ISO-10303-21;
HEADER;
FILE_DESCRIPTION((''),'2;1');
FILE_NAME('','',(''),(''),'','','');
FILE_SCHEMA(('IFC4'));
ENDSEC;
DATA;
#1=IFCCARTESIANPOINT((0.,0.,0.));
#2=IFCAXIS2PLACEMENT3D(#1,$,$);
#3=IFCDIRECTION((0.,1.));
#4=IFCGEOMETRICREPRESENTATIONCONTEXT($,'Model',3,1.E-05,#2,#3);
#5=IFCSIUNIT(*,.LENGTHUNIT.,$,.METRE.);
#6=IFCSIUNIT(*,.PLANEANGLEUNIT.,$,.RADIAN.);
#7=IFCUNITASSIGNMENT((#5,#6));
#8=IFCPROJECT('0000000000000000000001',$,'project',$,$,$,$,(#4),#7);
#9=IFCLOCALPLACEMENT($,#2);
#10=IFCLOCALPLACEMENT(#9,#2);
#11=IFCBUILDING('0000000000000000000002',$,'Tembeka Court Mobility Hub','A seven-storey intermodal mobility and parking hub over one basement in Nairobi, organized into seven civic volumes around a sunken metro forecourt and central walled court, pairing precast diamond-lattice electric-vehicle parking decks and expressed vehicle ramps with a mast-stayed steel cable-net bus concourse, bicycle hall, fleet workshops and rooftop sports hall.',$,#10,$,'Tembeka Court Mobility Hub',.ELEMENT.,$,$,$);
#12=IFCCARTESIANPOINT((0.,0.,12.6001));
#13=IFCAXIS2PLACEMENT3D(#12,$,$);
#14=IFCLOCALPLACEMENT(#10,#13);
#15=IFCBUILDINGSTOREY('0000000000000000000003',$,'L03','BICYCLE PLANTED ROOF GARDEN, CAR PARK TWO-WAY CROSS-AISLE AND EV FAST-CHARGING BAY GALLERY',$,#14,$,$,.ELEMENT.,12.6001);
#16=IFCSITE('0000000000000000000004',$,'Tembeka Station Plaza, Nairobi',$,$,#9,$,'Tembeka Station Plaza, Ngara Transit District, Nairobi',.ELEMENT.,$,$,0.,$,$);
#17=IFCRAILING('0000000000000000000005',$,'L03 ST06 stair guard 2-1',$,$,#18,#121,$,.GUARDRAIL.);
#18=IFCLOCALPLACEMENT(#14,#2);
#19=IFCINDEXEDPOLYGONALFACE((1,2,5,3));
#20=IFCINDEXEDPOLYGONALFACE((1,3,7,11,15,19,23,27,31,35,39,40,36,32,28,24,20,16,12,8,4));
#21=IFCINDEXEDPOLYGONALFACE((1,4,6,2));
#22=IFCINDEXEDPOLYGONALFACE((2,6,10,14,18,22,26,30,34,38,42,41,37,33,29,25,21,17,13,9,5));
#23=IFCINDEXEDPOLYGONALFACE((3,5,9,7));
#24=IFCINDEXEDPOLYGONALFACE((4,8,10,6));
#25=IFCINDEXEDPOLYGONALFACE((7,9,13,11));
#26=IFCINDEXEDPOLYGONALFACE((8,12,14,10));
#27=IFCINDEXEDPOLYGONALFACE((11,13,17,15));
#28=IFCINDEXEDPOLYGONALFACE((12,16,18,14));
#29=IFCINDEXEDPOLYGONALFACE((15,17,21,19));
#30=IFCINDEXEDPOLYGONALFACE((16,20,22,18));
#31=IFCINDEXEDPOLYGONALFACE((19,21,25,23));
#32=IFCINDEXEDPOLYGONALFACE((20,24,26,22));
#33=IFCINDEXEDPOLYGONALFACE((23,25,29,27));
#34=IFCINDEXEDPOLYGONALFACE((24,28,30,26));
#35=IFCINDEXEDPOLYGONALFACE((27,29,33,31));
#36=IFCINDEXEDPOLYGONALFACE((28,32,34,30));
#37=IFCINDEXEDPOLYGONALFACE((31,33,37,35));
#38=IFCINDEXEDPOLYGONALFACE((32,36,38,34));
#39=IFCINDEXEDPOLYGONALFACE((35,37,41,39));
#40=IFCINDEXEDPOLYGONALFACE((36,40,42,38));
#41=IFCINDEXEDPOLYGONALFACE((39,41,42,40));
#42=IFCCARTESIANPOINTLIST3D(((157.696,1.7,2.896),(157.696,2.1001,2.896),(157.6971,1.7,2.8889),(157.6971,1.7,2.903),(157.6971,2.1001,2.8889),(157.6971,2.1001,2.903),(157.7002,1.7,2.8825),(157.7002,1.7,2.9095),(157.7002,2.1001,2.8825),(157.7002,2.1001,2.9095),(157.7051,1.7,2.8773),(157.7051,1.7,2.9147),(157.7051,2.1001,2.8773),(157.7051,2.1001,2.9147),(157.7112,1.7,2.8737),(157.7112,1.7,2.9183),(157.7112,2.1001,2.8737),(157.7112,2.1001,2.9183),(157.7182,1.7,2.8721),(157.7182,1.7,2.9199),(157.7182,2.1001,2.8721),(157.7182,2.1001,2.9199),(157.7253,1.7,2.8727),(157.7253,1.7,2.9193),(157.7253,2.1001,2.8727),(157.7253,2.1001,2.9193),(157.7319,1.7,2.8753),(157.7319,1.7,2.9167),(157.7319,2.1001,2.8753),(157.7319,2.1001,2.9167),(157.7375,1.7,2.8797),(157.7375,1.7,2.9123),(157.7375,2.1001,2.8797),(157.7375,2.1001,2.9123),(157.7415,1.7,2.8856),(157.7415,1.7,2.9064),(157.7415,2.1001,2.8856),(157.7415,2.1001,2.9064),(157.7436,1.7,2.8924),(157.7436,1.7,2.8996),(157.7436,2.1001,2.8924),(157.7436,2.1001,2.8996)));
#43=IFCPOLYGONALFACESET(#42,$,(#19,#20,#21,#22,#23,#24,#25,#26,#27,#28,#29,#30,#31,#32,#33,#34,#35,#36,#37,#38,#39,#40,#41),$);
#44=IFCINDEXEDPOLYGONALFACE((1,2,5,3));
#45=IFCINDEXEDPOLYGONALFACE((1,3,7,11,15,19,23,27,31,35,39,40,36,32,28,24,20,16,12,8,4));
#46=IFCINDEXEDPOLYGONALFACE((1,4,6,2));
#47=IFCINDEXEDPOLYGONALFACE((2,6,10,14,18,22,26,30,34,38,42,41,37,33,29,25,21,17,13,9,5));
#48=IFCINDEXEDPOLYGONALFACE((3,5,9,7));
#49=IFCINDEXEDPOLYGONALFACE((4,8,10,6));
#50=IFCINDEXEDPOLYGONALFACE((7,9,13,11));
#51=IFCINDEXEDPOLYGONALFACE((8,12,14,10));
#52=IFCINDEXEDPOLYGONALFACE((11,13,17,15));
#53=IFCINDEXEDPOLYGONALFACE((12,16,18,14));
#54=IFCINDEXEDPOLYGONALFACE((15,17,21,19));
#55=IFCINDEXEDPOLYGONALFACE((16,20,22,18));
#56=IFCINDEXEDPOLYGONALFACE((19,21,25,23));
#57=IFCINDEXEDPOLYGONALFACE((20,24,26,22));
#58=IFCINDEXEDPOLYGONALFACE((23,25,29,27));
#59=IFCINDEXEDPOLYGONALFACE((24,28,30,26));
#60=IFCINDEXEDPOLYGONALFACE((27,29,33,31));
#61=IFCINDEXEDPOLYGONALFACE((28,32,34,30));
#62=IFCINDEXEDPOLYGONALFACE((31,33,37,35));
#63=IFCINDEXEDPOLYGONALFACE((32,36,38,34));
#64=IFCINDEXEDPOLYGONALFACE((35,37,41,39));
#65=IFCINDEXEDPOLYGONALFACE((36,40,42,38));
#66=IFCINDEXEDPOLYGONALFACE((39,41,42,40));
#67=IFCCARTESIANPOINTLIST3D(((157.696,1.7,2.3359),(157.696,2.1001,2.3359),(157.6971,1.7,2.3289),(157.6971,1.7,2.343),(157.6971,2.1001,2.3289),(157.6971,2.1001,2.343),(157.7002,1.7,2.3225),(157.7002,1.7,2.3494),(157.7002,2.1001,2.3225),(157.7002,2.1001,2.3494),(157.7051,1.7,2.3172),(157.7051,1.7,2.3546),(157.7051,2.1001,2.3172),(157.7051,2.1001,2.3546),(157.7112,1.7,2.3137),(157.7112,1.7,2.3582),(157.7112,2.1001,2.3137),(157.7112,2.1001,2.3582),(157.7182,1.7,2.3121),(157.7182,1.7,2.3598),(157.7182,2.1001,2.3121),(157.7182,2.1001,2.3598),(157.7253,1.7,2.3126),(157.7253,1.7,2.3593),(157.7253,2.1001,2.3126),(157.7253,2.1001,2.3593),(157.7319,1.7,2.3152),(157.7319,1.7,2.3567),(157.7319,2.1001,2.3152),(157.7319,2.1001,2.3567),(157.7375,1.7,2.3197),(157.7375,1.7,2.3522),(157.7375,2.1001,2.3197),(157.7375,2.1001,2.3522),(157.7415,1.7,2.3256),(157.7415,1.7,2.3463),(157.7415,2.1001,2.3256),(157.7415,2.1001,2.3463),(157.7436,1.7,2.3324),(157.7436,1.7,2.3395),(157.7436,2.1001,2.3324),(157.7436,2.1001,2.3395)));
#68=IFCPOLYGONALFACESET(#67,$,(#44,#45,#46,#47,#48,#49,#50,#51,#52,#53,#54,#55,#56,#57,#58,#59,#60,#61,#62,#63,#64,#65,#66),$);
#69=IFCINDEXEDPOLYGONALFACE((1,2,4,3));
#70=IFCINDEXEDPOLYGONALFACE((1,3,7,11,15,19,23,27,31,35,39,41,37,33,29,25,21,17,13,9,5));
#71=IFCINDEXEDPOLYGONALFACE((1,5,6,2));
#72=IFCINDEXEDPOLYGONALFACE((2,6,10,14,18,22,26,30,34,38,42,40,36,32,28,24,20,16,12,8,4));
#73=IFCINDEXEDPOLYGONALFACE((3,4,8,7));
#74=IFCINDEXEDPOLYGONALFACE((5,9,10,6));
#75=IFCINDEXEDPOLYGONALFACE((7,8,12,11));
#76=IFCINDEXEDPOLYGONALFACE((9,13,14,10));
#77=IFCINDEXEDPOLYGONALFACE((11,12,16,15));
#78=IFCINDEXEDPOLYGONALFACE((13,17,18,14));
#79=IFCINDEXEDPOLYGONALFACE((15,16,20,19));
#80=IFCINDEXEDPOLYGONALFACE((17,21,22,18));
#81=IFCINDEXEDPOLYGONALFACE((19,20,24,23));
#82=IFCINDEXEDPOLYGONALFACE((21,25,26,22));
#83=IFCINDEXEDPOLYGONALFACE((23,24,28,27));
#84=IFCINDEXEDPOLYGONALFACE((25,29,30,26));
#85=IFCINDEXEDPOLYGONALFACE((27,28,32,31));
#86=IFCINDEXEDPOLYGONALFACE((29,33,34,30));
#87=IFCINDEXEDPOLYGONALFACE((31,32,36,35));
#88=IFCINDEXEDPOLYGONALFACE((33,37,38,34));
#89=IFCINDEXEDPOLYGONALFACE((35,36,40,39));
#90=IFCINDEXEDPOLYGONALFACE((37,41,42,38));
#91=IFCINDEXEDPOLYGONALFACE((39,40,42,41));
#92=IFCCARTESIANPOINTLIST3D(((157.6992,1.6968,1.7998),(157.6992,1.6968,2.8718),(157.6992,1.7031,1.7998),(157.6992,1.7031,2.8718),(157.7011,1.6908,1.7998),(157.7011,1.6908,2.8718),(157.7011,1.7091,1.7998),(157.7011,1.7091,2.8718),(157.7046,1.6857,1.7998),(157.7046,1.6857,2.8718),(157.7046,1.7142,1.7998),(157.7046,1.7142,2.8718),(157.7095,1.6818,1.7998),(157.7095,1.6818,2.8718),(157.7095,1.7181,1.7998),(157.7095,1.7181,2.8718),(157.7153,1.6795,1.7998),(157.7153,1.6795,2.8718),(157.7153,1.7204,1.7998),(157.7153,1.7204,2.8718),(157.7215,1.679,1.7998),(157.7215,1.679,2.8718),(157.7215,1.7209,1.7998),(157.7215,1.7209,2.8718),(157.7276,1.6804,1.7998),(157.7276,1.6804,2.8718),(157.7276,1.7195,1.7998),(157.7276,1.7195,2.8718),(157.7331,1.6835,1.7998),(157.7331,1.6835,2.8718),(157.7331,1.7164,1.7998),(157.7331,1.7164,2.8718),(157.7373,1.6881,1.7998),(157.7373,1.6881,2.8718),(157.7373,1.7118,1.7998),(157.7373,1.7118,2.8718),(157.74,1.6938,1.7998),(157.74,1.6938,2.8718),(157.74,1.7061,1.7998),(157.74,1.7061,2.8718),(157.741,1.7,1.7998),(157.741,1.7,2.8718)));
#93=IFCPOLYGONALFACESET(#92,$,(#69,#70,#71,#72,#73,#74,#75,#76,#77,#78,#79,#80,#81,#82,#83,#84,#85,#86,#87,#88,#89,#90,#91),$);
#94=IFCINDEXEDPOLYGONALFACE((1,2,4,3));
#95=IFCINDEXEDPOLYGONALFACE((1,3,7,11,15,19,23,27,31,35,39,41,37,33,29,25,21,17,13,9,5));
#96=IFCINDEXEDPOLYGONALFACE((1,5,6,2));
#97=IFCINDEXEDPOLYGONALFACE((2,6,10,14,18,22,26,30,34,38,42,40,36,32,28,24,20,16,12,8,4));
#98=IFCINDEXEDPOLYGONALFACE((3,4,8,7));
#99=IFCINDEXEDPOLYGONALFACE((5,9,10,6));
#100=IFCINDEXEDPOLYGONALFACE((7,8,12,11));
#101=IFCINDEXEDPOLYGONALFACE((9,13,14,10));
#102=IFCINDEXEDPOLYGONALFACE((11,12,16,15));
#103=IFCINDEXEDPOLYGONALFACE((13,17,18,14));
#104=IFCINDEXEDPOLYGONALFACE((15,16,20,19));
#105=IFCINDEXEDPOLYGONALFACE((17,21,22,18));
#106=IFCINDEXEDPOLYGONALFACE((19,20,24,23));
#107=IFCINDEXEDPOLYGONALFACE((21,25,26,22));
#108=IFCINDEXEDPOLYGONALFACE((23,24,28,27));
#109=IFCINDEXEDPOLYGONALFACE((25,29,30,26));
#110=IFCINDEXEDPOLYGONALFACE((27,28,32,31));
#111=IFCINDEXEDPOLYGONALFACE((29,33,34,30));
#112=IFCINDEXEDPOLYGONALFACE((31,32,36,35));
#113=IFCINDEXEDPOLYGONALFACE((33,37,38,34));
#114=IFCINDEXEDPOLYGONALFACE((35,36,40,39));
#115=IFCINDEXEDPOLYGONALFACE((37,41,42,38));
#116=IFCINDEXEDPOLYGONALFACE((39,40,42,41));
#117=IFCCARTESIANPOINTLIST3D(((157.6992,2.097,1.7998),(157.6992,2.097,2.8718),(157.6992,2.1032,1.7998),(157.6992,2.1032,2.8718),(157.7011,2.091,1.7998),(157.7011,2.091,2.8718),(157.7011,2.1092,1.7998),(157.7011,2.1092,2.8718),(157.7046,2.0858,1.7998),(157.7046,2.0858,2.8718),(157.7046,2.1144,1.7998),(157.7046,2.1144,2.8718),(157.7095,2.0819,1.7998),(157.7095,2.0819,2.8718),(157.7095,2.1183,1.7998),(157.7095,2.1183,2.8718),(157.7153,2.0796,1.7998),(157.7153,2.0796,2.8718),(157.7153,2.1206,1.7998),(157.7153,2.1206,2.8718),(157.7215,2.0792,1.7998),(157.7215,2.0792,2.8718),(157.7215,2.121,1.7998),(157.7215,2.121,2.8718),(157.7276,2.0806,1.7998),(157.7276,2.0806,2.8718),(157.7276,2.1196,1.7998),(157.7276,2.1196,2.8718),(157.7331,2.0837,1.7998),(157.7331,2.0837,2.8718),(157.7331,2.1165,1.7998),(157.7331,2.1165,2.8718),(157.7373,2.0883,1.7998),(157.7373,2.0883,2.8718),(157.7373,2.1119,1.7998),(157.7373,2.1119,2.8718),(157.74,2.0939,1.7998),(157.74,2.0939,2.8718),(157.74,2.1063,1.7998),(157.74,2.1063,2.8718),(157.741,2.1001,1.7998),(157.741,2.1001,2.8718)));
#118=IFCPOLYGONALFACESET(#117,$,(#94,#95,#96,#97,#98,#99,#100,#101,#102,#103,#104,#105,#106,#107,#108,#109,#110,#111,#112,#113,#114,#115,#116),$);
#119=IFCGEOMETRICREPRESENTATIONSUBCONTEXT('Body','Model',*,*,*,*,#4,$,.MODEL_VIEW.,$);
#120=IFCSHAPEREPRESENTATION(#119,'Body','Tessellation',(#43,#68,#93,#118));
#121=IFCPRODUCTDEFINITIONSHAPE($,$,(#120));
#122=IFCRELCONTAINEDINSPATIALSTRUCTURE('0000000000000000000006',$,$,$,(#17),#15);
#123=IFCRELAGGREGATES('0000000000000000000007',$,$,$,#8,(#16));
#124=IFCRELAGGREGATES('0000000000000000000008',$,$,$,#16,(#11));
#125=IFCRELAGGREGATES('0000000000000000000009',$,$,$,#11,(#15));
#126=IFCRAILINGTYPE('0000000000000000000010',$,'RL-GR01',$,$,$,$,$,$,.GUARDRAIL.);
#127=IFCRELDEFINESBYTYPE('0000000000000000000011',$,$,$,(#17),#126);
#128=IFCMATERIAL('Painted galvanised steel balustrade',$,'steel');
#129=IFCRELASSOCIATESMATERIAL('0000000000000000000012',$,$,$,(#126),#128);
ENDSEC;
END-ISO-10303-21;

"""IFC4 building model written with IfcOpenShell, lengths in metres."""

from ifc_helpers import new_model, si_unit, direction, frame, origin, origin_2d, place, context, subcontext, project, spatial, circle, extrude, material, type_object, element, save


model = new_model("IFC4")

# Units and contexts
model_context = context("Model", 3, precision=1e-05, world=origin(), true_north=direction((0.0, 1.0)))
body_context = subcontext(model_context, "Body", "Model", "MODEL_VIEW")
ifc_project = project(units=[si_unit("LENGTHUNIT", "METRE"), si_unit("PLANEANGLEUNIT", "RADIAN")], contexts=[model_context])

# Site, building, storey
site_placement = place(None, origin())
site = spatial("IfcSite", under=ifc_project, at=site_placement, Name="Tembeka Station Plaza, Nairobi", LongName="Tembeka Station Plaza, Ngara Transit District, Nairobi", CompositionType="ELEMENT", RefElevation=0.0)
building_placement = place(site_placement, origin())
building = spatial("IfcBuilding", under=site, at=building_placement, Name="Tembeka Court Mobility Hub", Description="A seven-storey intermodal mobility and parking hub over one basement in Nairobi, organized into seven civic volumes around a sunken metro forecourt and central walled court, pairing precast diamond-lattice electric-vehicle parking decks and expressed vehicle ramps with a mast-stayed steel cable-net bus concourse, bicycle hall, fleet workshops and rooftop sports hall.", LongName="Tembeka Court Mobility Hub", CompositionType="ELEMENT")
storey_placement = place(building_placement, frame((0.0, 0.0, 12.6001)))
storey = spatial("IfcBuildingStorey", under=building, at=storey_placement, Name="L03", Description="BICYCLE PLANTED ROOF GARDEN, CAR PARK TWO-WAY CROSS-AISLE AND EV FAST-CHARGING BAY GALLERY", CompositionType="ELEMENT", Elevation=12.6001)

# Railing
ifc_material_1 = material(Name="Painted galvanised steel balustrade", Category="steel")
railing_type_1 = type_object("IfcRailingType", Name="RL-GR01", PredefinedType="GUARDRAIL", material=ifc_material_1)
railing_1_placement = place(storey_placement, frame((157.72, 1.7, 1.7998)))
element("IfcRailing", 1, at=railing_1_placement, inside=storey, type_object=railing_type_1, Name="L03 ST06 stair guard 2-1", PredefinedType="GUARDRAIL", context=body_context, shape_type="SweptSolid", body=[
    extrude(circle(Radius=0.0239, at=origin_2d()), frame((0.0, 0.0, 1.0962), z_axis=(0.0, 1.0, 0.0), x_axis=(-1.0, 0.0, 0.0)), (0.0, 0.0, 1.0), 0.4001),
    extrude(circle(Radius=0.0239, at=origin_2d()), frame((0.0, 0.0, 0.5361), z_axis=(0.0, 1.0, 0.0), x_axis=(-1.0, 0.0, 0.0)), (0.0, 0.0, 1.0), 0.4001),
    extrude(circle(Radius=0.021, at=origin_2d()), origin(), (0.0, 0.0, 1.0), 1.072),
    extrude(circle(Radius=0.021, at=origin_2d()), frame((0.0, 0.4001, 0.0)), (0.0, 0.0, 1.0), 1.072),
])

save(model, "model.ifc")
